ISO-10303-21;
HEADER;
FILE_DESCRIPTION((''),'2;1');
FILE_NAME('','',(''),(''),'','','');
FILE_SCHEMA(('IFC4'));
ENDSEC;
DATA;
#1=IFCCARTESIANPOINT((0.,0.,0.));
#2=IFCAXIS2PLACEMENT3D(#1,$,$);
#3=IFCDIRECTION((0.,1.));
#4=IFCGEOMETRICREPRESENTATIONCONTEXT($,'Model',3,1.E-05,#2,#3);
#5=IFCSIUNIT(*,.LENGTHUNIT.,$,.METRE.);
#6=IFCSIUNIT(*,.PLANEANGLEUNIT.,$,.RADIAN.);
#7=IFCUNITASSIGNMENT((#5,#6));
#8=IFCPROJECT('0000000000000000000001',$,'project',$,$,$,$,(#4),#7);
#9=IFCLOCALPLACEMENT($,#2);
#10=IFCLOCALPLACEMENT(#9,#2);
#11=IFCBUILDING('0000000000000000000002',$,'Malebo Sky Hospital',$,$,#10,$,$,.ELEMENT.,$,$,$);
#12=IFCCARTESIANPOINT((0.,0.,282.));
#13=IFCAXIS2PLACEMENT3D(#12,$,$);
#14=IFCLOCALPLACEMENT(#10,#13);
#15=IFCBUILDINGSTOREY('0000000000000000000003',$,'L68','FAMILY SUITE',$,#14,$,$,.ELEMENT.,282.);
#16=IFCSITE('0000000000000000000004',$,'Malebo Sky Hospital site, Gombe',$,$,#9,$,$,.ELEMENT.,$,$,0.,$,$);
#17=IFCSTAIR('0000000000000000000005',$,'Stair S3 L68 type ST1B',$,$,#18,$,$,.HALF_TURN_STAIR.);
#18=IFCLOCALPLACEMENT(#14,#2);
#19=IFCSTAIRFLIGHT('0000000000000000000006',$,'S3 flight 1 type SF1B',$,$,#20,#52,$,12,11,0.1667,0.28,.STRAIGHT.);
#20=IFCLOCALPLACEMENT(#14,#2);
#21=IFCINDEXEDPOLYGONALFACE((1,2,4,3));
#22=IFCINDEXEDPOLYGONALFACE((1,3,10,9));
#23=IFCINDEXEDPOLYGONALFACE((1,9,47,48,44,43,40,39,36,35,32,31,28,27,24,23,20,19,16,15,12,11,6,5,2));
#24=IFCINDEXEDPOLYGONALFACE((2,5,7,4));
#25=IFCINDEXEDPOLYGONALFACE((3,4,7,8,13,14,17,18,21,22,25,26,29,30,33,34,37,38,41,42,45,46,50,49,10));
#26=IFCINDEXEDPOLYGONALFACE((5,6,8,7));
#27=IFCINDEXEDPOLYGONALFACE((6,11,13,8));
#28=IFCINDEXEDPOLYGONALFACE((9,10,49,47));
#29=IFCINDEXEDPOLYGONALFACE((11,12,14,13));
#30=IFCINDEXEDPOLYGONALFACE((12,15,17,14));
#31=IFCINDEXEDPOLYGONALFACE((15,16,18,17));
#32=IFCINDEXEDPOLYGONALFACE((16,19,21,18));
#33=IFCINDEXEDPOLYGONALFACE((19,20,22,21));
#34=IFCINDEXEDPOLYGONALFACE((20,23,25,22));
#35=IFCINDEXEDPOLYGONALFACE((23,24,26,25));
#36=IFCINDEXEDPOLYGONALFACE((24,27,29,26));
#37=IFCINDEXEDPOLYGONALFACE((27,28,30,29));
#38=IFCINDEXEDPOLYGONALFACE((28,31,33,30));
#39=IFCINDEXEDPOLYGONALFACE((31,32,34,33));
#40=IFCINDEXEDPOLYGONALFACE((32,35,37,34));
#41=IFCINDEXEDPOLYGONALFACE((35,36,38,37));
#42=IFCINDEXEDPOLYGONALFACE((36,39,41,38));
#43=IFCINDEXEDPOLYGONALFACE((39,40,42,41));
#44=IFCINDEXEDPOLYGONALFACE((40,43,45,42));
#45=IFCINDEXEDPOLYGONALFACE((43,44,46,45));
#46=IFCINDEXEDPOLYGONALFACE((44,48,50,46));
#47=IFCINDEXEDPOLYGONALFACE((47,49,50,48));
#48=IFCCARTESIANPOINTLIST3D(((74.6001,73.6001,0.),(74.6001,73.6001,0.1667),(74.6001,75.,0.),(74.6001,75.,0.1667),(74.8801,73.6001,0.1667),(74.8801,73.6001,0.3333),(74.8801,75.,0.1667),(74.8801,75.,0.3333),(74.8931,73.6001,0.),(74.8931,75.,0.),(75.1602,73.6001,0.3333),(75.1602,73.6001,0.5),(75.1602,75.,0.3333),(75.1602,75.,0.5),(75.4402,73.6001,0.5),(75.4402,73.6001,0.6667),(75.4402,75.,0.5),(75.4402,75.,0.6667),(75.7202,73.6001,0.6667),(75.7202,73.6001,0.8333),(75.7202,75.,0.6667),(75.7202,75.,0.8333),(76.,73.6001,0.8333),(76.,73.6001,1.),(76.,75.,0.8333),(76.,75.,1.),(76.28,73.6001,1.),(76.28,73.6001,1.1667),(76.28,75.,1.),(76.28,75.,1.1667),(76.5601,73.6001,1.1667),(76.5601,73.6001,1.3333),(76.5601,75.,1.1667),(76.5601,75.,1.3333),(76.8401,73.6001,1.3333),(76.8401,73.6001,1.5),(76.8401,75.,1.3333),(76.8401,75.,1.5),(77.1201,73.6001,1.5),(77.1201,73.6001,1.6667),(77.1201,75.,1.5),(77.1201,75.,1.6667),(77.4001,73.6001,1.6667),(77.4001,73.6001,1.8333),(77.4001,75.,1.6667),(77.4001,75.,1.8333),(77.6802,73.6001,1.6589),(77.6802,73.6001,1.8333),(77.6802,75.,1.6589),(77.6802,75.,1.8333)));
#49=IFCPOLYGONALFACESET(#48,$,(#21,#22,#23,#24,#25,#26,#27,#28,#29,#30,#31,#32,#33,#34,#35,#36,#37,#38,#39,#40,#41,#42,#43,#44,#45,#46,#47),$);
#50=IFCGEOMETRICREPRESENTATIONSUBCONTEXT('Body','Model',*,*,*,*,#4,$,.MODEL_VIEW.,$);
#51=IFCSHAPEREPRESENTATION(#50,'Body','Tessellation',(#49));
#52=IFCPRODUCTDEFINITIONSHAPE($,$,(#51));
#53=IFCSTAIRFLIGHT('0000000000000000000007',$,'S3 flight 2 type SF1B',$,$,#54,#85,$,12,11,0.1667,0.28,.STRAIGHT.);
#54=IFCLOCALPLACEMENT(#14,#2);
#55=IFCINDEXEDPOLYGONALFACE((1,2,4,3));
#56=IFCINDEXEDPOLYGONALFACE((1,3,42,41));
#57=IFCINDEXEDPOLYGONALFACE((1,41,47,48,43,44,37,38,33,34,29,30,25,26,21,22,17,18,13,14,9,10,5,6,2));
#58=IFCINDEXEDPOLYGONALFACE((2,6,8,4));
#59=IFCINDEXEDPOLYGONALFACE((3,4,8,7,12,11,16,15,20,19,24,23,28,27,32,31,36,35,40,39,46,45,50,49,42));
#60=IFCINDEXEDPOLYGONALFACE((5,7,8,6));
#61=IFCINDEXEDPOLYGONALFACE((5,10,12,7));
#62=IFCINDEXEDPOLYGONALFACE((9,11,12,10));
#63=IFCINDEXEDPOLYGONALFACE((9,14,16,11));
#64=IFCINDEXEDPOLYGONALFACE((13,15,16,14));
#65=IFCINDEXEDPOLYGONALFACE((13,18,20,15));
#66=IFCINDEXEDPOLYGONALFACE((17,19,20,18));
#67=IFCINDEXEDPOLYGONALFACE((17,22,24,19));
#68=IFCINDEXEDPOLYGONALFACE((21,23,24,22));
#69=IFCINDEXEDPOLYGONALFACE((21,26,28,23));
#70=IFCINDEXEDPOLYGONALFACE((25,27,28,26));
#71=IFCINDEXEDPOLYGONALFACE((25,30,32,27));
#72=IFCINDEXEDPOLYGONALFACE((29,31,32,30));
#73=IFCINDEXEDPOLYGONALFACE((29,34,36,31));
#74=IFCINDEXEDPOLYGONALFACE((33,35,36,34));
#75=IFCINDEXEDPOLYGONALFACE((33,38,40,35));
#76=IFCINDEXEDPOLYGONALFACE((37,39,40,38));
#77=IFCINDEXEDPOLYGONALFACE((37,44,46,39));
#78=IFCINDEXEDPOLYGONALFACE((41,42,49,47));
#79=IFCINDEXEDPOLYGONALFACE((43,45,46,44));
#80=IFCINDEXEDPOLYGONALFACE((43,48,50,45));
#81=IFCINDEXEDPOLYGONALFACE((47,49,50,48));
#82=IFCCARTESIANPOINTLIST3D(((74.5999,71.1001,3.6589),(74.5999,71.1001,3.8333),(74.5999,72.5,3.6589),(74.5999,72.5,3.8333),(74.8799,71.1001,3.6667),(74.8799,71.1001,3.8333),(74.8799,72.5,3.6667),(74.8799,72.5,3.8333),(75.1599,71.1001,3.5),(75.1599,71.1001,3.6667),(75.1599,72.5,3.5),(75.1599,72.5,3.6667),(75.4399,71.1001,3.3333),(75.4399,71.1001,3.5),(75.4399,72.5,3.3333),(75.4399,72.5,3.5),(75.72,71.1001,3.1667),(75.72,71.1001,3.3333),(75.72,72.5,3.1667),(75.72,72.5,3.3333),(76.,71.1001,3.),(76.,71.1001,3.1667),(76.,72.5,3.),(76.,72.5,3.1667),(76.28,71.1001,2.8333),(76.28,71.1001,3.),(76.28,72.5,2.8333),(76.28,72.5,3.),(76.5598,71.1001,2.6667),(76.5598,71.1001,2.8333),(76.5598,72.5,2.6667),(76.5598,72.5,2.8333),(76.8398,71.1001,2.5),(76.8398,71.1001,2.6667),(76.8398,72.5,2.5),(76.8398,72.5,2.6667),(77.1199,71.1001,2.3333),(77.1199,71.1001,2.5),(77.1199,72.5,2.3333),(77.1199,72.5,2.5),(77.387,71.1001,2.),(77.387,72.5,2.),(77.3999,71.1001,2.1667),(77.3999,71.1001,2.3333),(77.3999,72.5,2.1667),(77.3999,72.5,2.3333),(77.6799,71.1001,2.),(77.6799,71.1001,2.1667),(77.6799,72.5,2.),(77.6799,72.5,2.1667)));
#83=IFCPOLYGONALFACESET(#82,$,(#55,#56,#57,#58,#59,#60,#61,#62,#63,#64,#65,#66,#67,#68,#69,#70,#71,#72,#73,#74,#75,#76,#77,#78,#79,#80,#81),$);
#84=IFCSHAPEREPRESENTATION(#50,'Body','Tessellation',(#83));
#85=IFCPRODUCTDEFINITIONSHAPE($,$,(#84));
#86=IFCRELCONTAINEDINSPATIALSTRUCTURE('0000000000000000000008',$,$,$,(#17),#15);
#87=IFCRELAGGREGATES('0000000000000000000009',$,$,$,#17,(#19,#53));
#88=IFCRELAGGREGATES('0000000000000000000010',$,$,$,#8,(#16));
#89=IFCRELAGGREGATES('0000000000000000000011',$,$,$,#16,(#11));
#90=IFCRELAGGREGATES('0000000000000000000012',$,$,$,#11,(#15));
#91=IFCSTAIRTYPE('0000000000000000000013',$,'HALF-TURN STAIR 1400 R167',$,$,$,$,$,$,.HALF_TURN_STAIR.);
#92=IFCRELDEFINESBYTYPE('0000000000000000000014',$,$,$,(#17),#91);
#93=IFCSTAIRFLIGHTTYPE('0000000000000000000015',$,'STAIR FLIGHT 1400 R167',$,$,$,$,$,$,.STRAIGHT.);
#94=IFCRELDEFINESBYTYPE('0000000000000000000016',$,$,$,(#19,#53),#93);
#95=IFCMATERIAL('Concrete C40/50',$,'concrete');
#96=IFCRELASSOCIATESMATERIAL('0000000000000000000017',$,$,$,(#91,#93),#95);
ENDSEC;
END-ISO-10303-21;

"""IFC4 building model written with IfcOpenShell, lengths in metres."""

from ifc_helpers import new_model, si_unit, direction, frame, origin, place, context, subcontext, project, spatial, polyline, outline, extrude, material, type_object, element, aggregate, save


model = new_model("IFC4")

# Units and contexts
model_context = context("Model", 3, precision=1e-05, world=origin(), true_north=direction((0.0, 1.0)))
body_context = subcontext(model_context, "Body", "Model", "MODEL_VIEW")
ifc_project = project(units=[si_unit("LENGTHUNIT", "METRE"), si_unit("PLANEANGLEUNIT", "RADIAN")], contexts=[model_context])

# Site, building, storey
site_placement = place(None, origin())
site = spatial("IfcSite", under=ifc_project, at=site_placement, Name="Malebo Sky Hospital site, Gombe", CompositionType="ELEMENT", RefElevation=0.0)
building_placement = place(site_placement, origin())
building = spatial("IfcBuilding", under=site, at=building_placement, Name="Malebo Sky Hospital", CompositionType="ELEMENT")
storey_placement = place(building_placement, frame((0.0, 0.0, 282.0)))
storey = spatial("IfcBuildingStorey", under=building, at=storey_placement, Name="L68", Description="FAMILY SUITE", CompositionType="ELEMENT", Elevation=282.0)

# Shared definitions
ifc_material_1 = material(Name="Concrete C40/50", Category="concrete")

# Stair, stair flights
stair_type = type_object("IfcStairType", Name="HALF-TURN STAIR 1400 R167", PredefinedType="HALF_TURN_STAIR", material=ifc_material_1)
stair_placement = place(storey_placement, origin())
stair = element("IfcStair", 1, at=stair_placement, inside=storey, type_object=stair_type, Name="Stair S3 L68 type ST1B", PredefinedType="HALF_TURN_STAIR")
stair_flight_type = type_object("IfcStairFlightType", Name="STAIR FLIGHT 1400 R167", PredefinedType="STRAIGHT", material=ifc_material_1)
stair_flight_1_placement = place(storey_placement, frame((74.6001, 74.3, 0.0), z_axis=(0.0, 0.0, 1.0), x_axis=(1.0, 0.0, 0.0)))
stair_flight_1 = element("IfcStairFlight", 2, at=stair_flight_1_placement, type_object=stair_flight_type, Name="S3 flight 1 type SF1B", NumberOfRisers=12, NumberOfTreads=11, PredefinedType="STRAIGHT", RiserHeight=0.1667, TreadLength=0.28, context=body_context, shape_type="SweptSolid", body=[
    extrude(outline(polyline([(0.0, 0.0), (0.0, 0.1667), (0.28, 0.1667), (0.28, 0.3333), (0.5601, 0.3333), (0.5601, 0.5), (0.8401, 0.5), (0.8401, 0.6667), (1.1201, 0.6667), (1.1201, 0.8333), (1.3999, 0.8333), (1.3999, 1.0), (1.6799, 1.0), (1.6799, 1.1667), (1.96, 1.1667), (1.96, 1.3333), (2.24, 1.3333), (2.24, 1.5), (2.52, 1.5), (2.52, 1.6667), (2.8, 1.6667), (2.8, 1.8333), (3.0801, 1.8333), (3.0801, 2.0), (3.0801, 1.6589), (0.293, 0.0), (0.0, 0.0)])), frame((0.0, 0.7, 0.0), z_axis=(0.0, -1.0, 0.0), x_axis=(1.0, 0.0, 0.0)), (0.0, 0.0, 1.0), 1.3999),
])
stair_flight_2_placement = place(storey_placement, frame((77.6799, 71.8, 2.0), z_axis=(0.0, 0.0, 1.0), x_axis=(-1.0, 0.0, 0.0)))
stair_flight_2 = element("IfcStairFlight", 3, at=stair_flight_2_placement, type_object=stair_flight_type, Name="S3 flight 2 type SF1B", NumberOfRisers=12, NumberOfTreads=11, PredefinedType="STRAIGHT", RiserHeight=0.1667, TreadLength=0.28, context=body_context, shape_type="SweptSolid", body=[
    extrude(outline(polyline([(0.0, 0.0), (0.0, 0.1667), (0.28, 0.1667), (0.28, 0.3333), (0.5601, 0.3333), (0.5601, 0.5), (0.8401, 0.5), (0.8401, 0.6667), (1.1201, 0.6667), (1.1201, 0.8333), (1.3999, 0.8333), (1.3999, 1.0), (1.6799, 1.0), (1.6799, 1.1667), (1.96, 1.1667), (1.96, 1.3333), (2.24, 1.3333), (2.24, 1.5), (2.52, 1.5), (2.52, 1.6667), (2.8, 1.6667), (2.8, 1.8333), (3.0801, 1.8333), (3.0801, 2.0), (3.0801, 1.6589), (0.293, 0.0), (0.0, 0.0)])), frame((0.0, 0.7, 0.0), z_axis=(0.0, -1.0, 0.0), x_axis=(1.0, 0.0, 0.0)), (0.0, 0.0, 1.0), 1.3999),
])
aggregate(stair, [stair_flight_1, stair_flight_2])

save(model, "model.ifc")
